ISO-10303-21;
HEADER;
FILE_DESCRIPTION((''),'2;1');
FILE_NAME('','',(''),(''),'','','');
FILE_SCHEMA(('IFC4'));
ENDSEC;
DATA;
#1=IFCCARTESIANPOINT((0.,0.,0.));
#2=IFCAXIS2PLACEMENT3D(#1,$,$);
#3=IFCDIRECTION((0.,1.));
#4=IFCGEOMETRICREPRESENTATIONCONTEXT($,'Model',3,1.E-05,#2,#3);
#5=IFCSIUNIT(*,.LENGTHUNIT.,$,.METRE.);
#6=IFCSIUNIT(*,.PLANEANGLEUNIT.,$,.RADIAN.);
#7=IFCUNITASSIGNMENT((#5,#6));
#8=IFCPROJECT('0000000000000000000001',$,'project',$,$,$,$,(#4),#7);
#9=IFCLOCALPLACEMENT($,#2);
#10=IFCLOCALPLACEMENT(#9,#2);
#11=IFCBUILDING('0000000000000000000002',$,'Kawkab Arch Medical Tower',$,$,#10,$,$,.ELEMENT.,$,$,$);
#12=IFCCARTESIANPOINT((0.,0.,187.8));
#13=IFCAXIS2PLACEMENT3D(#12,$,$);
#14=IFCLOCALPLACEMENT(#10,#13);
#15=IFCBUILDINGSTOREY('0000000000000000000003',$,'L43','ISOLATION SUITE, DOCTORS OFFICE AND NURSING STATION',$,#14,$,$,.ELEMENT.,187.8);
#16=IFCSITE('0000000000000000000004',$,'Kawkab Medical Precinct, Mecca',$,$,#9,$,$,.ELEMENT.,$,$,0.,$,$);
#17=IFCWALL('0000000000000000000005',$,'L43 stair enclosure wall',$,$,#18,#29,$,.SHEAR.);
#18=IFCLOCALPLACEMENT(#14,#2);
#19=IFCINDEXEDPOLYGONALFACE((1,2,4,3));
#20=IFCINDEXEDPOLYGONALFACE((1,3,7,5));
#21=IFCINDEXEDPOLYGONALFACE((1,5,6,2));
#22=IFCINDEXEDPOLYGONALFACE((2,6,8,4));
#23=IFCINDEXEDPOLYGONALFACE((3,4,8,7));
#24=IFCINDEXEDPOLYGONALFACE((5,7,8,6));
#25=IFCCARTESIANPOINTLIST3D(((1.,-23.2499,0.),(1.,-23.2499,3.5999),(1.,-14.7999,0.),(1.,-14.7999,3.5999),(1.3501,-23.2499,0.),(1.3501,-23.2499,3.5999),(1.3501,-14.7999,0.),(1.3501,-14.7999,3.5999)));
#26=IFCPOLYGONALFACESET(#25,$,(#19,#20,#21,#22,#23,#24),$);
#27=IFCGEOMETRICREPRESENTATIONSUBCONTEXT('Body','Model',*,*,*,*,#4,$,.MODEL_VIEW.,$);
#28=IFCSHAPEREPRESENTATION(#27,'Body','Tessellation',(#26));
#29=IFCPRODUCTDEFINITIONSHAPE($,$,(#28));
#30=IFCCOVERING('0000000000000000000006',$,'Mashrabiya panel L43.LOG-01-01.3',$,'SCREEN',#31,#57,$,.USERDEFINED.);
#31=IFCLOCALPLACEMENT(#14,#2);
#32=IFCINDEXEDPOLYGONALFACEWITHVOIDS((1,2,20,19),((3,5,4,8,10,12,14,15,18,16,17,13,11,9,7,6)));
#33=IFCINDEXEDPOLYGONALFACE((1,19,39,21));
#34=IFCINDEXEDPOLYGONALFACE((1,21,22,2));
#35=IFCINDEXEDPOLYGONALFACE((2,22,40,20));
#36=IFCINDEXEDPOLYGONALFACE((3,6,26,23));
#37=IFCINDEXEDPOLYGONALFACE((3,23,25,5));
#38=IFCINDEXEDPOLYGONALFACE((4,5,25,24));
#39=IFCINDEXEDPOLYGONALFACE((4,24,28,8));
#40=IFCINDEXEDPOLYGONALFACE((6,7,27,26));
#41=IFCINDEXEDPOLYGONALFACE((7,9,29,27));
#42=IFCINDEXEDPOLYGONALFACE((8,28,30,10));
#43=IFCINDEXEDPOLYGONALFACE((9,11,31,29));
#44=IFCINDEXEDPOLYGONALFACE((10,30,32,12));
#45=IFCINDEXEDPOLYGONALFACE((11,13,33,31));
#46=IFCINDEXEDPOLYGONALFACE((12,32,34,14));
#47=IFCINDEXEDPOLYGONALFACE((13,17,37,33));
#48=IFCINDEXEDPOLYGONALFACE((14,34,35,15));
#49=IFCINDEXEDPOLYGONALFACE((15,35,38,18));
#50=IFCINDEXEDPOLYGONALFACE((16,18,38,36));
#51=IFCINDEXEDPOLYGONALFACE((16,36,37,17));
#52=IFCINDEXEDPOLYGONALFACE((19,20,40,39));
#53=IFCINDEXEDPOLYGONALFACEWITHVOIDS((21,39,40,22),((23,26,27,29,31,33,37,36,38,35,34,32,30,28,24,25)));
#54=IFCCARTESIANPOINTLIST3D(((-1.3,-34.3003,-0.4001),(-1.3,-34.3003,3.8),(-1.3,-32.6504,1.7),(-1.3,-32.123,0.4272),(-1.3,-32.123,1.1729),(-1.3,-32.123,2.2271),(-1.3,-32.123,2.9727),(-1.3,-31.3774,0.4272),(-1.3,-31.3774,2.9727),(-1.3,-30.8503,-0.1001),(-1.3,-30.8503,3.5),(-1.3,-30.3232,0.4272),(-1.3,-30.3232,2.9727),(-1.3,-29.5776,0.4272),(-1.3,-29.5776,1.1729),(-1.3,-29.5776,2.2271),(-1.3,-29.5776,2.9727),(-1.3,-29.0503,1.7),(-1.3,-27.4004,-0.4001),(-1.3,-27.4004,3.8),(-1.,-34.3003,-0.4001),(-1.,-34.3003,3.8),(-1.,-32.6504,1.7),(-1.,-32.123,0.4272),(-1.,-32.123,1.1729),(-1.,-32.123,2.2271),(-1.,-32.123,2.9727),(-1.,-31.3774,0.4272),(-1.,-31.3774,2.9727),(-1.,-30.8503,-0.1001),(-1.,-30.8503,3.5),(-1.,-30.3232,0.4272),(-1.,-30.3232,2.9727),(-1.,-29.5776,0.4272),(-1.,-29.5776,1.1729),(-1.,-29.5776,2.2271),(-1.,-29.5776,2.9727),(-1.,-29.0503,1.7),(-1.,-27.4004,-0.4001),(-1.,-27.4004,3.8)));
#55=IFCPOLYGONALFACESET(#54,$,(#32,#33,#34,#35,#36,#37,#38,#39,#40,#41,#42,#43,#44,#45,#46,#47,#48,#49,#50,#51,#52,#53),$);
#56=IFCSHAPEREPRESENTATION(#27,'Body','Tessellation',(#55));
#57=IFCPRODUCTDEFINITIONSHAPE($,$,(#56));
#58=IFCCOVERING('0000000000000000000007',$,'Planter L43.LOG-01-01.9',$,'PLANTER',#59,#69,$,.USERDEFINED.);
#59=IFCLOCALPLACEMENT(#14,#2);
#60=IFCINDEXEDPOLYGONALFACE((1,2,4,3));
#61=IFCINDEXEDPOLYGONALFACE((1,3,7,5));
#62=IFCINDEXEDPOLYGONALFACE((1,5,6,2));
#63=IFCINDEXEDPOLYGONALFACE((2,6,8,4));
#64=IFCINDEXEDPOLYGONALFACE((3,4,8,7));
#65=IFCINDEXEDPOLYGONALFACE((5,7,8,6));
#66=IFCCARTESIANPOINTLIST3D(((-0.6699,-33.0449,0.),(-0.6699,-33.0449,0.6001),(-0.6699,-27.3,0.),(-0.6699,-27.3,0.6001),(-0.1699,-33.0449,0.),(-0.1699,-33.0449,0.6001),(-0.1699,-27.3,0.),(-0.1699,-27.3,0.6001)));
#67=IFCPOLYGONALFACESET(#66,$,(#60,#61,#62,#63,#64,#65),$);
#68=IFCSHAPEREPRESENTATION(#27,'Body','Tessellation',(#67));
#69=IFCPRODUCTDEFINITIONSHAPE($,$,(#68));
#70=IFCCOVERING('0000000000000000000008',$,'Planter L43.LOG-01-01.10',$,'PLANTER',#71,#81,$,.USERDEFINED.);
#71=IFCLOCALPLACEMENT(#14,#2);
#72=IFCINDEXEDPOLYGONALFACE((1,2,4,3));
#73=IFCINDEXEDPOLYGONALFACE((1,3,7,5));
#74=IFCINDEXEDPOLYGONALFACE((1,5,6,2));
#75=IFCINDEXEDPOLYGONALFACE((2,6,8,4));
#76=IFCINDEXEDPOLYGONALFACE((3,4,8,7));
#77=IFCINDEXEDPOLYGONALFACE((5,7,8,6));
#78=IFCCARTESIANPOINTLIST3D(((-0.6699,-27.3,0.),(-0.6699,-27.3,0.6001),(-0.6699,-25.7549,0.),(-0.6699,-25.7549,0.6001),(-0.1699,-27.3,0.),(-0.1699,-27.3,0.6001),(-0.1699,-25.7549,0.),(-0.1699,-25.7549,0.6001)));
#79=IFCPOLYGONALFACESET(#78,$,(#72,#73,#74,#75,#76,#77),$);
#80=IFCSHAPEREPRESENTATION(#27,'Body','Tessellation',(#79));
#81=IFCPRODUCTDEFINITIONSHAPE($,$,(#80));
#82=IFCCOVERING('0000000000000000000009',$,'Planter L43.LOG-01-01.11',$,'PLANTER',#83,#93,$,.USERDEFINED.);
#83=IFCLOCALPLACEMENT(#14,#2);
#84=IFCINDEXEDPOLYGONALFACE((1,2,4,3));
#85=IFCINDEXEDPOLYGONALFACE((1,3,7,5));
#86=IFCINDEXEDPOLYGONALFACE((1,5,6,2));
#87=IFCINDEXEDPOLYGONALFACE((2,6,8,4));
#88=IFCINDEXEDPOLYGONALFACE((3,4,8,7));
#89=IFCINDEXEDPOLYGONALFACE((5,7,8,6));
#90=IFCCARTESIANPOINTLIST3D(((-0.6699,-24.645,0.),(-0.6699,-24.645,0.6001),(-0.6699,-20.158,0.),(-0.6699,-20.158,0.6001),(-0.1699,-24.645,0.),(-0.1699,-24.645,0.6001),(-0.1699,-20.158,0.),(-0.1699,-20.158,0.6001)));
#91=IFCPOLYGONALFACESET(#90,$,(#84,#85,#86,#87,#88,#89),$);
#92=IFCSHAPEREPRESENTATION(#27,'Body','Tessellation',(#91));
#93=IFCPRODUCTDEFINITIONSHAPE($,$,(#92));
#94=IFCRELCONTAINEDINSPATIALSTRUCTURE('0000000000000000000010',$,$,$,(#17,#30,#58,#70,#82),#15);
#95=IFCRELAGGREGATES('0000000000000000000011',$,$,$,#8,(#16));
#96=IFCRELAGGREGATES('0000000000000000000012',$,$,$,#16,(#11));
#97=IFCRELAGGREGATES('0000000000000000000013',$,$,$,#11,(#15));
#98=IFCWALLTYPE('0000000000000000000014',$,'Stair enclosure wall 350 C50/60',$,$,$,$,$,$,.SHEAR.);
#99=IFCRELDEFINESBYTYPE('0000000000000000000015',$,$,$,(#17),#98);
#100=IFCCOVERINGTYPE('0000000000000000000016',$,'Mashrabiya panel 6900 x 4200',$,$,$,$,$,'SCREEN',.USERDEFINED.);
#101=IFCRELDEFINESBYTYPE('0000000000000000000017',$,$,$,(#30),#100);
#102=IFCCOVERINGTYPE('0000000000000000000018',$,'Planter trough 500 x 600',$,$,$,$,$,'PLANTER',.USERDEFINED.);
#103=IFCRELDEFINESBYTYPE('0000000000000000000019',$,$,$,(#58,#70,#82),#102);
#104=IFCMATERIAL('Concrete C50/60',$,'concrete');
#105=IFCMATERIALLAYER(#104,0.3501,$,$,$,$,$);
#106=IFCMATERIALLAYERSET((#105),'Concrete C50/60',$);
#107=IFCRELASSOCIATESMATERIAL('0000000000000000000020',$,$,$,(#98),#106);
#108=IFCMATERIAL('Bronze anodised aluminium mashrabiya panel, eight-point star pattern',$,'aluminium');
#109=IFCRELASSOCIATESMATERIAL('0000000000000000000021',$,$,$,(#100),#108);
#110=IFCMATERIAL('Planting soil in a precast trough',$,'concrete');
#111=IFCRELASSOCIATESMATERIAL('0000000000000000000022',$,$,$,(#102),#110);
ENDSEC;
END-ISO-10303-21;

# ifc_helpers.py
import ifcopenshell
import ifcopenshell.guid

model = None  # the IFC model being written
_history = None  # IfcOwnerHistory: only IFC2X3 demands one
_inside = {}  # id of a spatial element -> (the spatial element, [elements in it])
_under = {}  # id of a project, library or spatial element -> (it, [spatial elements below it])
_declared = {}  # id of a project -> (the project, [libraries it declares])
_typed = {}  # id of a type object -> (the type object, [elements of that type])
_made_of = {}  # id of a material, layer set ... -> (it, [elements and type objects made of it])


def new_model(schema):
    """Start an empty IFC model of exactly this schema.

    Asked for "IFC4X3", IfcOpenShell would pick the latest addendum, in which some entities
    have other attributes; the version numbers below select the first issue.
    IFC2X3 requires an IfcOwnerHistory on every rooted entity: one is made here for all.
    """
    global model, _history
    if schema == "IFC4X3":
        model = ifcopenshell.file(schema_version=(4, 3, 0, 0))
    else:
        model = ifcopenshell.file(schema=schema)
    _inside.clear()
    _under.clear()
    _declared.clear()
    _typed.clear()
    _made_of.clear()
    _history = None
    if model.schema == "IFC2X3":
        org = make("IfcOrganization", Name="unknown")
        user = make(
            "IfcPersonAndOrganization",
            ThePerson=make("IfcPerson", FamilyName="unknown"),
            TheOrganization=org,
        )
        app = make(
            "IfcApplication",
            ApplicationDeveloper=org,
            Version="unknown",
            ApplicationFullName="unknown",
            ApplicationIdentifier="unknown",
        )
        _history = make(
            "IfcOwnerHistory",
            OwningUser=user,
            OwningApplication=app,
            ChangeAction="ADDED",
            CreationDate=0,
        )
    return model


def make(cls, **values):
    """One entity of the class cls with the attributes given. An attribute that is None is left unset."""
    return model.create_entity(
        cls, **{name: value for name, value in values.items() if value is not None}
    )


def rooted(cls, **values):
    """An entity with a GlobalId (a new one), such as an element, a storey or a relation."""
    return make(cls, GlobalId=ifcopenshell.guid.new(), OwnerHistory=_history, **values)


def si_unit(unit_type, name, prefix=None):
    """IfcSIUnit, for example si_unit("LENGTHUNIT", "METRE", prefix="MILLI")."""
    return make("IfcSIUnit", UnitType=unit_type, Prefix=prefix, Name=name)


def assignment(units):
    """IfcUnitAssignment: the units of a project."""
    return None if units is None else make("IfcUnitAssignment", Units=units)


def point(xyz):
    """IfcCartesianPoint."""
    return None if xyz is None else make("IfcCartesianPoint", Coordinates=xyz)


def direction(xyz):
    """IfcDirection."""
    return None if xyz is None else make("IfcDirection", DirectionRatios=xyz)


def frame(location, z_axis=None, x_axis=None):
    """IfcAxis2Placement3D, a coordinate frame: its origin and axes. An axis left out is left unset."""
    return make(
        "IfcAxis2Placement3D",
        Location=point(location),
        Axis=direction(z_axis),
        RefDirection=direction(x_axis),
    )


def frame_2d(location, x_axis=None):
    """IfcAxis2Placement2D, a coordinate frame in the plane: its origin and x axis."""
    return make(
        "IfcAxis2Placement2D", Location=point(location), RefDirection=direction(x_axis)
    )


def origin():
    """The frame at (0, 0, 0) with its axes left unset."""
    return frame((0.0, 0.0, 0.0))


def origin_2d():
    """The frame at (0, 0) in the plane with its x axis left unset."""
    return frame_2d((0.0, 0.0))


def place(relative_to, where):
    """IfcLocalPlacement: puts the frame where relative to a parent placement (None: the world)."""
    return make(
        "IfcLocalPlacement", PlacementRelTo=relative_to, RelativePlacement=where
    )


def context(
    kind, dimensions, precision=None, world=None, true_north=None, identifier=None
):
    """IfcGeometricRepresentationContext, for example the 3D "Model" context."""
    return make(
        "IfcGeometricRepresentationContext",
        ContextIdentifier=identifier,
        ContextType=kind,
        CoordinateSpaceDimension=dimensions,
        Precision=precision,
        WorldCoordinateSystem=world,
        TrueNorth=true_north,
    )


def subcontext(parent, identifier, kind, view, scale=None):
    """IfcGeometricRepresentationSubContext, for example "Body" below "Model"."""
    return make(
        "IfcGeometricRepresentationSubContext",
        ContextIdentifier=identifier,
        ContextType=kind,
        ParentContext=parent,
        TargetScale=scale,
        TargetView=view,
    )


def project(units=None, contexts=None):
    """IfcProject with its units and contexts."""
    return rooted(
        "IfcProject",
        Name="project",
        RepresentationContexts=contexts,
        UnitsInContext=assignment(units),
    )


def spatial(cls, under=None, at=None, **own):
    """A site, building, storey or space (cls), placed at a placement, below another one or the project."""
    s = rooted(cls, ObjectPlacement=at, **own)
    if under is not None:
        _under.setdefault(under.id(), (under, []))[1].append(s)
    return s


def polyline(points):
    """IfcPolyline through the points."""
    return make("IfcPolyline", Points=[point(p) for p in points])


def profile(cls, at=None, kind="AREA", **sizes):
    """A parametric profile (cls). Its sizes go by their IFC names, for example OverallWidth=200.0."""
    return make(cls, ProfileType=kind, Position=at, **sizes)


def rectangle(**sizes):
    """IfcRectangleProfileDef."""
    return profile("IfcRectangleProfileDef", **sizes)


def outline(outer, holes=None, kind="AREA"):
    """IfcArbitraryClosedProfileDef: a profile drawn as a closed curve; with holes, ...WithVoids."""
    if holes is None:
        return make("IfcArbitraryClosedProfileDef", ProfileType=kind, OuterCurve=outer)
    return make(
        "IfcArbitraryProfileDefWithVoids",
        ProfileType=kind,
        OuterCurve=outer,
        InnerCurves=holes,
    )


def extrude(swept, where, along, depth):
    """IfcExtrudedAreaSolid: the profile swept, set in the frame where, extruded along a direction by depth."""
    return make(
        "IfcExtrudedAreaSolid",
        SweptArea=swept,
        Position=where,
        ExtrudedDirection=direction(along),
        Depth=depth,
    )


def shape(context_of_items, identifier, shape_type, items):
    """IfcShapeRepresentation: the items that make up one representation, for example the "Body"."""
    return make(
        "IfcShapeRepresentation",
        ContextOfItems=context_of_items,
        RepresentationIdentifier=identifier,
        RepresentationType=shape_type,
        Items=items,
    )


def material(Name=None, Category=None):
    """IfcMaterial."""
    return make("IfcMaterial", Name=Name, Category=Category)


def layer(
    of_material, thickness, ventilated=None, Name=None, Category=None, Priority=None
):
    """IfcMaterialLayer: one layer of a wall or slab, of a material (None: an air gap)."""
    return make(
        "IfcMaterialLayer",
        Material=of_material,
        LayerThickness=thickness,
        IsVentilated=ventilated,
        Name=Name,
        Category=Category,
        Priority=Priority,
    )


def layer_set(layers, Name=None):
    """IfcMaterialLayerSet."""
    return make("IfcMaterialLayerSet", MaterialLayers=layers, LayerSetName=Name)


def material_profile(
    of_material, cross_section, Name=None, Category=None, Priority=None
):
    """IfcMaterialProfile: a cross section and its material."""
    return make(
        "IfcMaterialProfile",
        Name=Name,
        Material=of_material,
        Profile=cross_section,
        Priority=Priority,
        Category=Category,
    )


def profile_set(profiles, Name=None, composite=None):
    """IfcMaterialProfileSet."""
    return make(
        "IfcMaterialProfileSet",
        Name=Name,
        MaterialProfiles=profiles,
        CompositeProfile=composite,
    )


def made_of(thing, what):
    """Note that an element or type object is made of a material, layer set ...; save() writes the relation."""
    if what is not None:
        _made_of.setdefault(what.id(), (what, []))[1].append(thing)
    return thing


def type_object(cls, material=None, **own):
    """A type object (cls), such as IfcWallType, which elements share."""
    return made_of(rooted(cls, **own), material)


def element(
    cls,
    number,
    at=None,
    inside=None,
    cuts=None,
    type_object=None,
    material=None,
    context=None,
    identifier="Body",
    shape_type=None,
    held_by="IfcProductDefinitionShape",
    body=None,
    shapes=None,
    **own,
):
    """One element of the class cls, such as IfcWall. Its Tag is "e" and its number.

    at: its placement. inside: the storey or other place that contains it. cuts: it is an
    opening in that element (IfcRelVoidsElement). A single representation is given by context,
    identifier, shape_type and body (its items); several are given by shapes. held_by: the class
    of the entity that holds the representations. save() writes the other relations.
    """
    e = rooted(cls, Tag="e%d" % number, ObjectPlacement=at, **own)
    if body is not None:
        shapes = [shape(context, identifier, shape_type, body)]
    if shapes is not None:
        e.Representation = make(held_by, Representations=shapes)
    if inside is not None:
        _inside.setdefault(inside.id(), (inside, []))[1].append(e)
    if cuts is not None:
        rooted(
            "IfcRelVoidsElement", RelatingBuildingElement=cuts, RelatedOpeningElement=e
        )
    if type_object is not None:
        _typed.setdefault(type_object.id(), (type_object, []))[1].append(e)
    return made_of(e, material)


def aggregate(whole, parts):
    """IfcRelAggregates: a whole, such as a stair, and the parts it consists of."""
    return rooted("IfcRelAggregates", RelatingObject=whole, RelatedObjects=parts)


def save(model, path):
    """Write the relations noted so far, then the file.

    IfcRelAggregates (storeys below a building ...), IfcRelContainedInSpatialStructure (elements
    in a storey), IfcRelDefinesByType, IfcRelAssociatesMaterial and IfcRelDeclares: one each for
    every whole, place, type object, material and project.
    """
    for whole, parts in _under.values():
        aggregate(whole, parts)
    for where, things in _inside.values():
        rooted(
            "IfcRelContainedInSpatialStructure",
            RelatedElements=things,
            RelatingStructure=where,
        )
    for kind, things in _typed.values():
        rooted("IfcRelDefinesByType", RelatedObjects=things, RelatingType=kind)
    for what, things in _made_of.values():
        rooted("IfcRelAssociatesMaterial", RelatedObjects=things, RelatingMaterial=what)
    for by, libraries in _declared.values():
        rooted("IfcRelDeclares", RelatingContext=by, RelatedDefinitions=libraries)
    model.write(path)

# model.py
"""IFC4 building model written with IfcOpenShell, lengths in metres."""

from ifc_helpers import new_model, si_unit, direction, frame, frame_2d, origin, origin_2d, place, context, subcontext, project, spatial, polyline, rectangle, outline, extrude, material, layer, layer_set, material_profile, profile_set, type_object, element, save


model = new_model("IFC4")

# Units and contexts
model_context = context("Model", 3, precision=1e-05, world=origin(), true_north=direction((0.0, 1.0)))
body_context = subcontext(model_context, "Body", "Model", "MODEL_VIEW")
ifc_project = project(units=[si_unit("LENGTHUNIT", "METRE"), si_unit("PLANEANGLEUNIT", "RADIAN")], contexts=[model_context])

# Site, building, storey
site_placement = place(None, origin())
site = spatial("IfcSite", under=ifc_project, at=site_placement, Name="Kawkab Medical Precinct, Mecca", CompositionType="ELEMENT", RefElevation=0.0)
building_placement = place(site_placement, origin())
building = spatial("IfcBuilding", under=site, at=building_placement, Name="Kawkab Arch Medical Tower", CompositionType="ELEMENT")
storey_placement = place(building_placement, frame((0.0, 0.0, 187.8)))
storey = spatial("IfcBuildingStorey", under=building, at=storey_placement, Name="L43", Description="ISOLATION SUITE, DOCTORS OFFICE AND NURSING STATION", CompositionType="ELEMENT", Elevation=187.8)

# Wall
ifc_material_1 = material(Name="Concrete C50/60", Category="concrete")
ifc_layer_1 = layer(ifc_material_1, 0.3501)
ifc_layer_set_1 = layer_set([ifc_layer_1], Name="Concrete C50/60")
wall_type_1 = type_object("IfcWallType", Name="Stair enclosure wall 350 C50/60", PredefinedType="SHEAR", material=ifc_layer_set_1)
wall_1_placement = place(storey_placement, frame((1.175, -23.25, 0.0), z_axis=(0.0, 0.0, 1.0), x_axis=(0.0, 1.0, 0.0)))
element("IfcWall", 1, at=wall_1_placement, inside=storey, type_object=wall_type_1, Name="L43 stair enclosure wall", PredefinedType="SHEAR", context=body_context, shape_type="SweptSolid", body=[
    extrude(rectangle(XDim=8.45, YDim=0.3501, at=frame_2d((4.2251, 0.0))), origin(), (0.0, 0.0, 1.0), 3.5999),
])

# Coverings
ifc_material_2 = material(Name="Bronze anodised aluminium mashrabiya panel, eight-point star pattern", Category="aluminium")
ifc_material_profile_1 = material_profile(ifc_material_2, outline(polyline([(-3.45, -2.1001), (3.45, -2.1001), (3.45, 2.1001), (-3.45, 2.1001), (-3.45, -2.1001)]), holes=[polyline([(1.8, 0.0), (1.2727, 0.5271), (1.2727, 1.2727), (0.5271, 1.2727), (0.0, 1.8), (-0.5271, 1.2727), (-1.2727, 1.2727), (-1.2727, 0.5271), (-1.8, 0.0), (-1.2727, -0.5271), (-1.2727, -1.2727), (-0.5271, -1.2727), (0.0, -1.8), (0.5271, -1.2727), (1.2727, -1.2727), (1.2727, -0.5271), (1.8, 0.0)])]), Name="Mashrabiya panel 6900x4200")
ifc_profile_set_1 = profile_set([ifc_material_profile_1], Name="Bronze anodised aluminium mashrabiya panel, eight-point star pattern")
covering_type_1 = type_object("IfcCoveringType", Name="Mashrabiya panel 6900 x 4200", ElementType="SCREEN", PredefinedType="USERDEFINED", material=ifc_profile_set_1)
covering_1_placement = place(storey_placement, frame((-1.0, -30.8503, 1.7), z_axis=(-1.0, 0.0, 0.0), x_axis=(0.0, -1.0, 0.0)))
element("IfcCovering", 2, at=covering_1_placement, inside=storey, type_object=covering_type_1, Name="Mashrabiya panel L43.LOG-01-01.3", ObjectType="SCREEN", PredefinedType="USERDEFINED", context=body_context, shape_type="SweptSolid", body=[
    extrude(outline(polyline([(-3.45, -2.1001), (3.45, -2.1001), (3.45, 2.1001), (-3.45, 2.1001), (-3.45, -2.1001)]), holes=[polyline([(1.8, 0.0), (1.2727, 0.5271), (1.2727, 1.2727), (0.5271, 1.2727), (0.0, 1.8), (-0.5271, 1.2727), (-1.2727, 1.2727), (-1.2727, 0.5271), (-1.8, 0.0), (-1.2727, -0.5271), (-1.2727, -1.2727), (-0.5271, -1.2727), (0.0, -1.8), (0.5271, -1.2727), (1.2727, -1.2727), (1.2727, -0.5271), (1.8, 0.0)])]), origin(), (0.0, 0.0, 1.0), 0.3),
])
ifc_material_3 = material(Name="Planting soil in a precast trough", Category="concrete")
ifc_material_profile_2 = material_profile(ifc_material_3, rectangle(XDim=0.5, YDim=0.6001, at=origin_2d()), Name="Trough 500x600")
ifc_profile_set_2 = profile_set([ifc_material_profile_2], Name="Planting soil in a precast trough")
covering_type_2 = type_object("IfcCoveringType", Name="Planter trough 500 x 600", ElementType="PLANTER", PredefinedType="USERDEFINED", material=ifc_profile_set_2)
covering_2_placement = place(storey_placement, frame((-0.4199, -33.0449, 0.3), z_axis=(0.0, 1.0, 0.0), x_axis=(-1.0, 0.0, 0.0)))
element("IfcCovering", 3, at=covering_2_placement, inside=storey, type_object=covering_type_2, Name="Planter L43.LOG-01-01.9", ObjectType="PLANTER", PredefinedType="USERDEFINED", context=body_context, shape_type="SweptSolid", body=[
    extrude(rectangle(XDim=0.5, YDim=0.6001, at=origin_2d()), origin(), (0.0, 0.0, 1.0), 5.7449),
])
covering_3_placement = place(storey_placement, frame((-0.4199, -27.3, 0.3), z_axis=(0.0, 1.0, 0.0), x_axis=(-1.0, 0.0, 0.0)))
element("IfcCovering", 4, at=covering_3_placement, inside=storey, type_object=covering_type_2, Name="Planter L43.LOG-01-01.10", ObjectType="PLANTER", PredefinedType="USERDEFINED", context=body_context, shape_type="SweptSolid", body=[
    extrude(rectangle(XDim=0.5, YDim=0.6001, at=origin_2d()), origin(), (0.0, 0.0, 1.0), 1.5452),
])
covering_4_placement = place(storey_placement, frame((-0.4199, -24.645, 0.3), z_axis=(0.0, 1.0, 0.0), x_axis=(-1.0, 0.0, 0.0)))
element("IfcCovering", 5, at=covering_4_placement, inside=storey, type_object=covering_type_2, Name="Planter L43.LOG-01-01.11", ObjectType="PLANTER", PredefinedType="USERDEFINED", context=body_context, shape_type="SweptSolid", body=[
    extrude(rectangle(XDim=0.5, YDim=0.6001, at=origin_2d()), origin(), (0.0, 0.0, 1.0), 4.4871),
])

save(model, "model.ifc")
